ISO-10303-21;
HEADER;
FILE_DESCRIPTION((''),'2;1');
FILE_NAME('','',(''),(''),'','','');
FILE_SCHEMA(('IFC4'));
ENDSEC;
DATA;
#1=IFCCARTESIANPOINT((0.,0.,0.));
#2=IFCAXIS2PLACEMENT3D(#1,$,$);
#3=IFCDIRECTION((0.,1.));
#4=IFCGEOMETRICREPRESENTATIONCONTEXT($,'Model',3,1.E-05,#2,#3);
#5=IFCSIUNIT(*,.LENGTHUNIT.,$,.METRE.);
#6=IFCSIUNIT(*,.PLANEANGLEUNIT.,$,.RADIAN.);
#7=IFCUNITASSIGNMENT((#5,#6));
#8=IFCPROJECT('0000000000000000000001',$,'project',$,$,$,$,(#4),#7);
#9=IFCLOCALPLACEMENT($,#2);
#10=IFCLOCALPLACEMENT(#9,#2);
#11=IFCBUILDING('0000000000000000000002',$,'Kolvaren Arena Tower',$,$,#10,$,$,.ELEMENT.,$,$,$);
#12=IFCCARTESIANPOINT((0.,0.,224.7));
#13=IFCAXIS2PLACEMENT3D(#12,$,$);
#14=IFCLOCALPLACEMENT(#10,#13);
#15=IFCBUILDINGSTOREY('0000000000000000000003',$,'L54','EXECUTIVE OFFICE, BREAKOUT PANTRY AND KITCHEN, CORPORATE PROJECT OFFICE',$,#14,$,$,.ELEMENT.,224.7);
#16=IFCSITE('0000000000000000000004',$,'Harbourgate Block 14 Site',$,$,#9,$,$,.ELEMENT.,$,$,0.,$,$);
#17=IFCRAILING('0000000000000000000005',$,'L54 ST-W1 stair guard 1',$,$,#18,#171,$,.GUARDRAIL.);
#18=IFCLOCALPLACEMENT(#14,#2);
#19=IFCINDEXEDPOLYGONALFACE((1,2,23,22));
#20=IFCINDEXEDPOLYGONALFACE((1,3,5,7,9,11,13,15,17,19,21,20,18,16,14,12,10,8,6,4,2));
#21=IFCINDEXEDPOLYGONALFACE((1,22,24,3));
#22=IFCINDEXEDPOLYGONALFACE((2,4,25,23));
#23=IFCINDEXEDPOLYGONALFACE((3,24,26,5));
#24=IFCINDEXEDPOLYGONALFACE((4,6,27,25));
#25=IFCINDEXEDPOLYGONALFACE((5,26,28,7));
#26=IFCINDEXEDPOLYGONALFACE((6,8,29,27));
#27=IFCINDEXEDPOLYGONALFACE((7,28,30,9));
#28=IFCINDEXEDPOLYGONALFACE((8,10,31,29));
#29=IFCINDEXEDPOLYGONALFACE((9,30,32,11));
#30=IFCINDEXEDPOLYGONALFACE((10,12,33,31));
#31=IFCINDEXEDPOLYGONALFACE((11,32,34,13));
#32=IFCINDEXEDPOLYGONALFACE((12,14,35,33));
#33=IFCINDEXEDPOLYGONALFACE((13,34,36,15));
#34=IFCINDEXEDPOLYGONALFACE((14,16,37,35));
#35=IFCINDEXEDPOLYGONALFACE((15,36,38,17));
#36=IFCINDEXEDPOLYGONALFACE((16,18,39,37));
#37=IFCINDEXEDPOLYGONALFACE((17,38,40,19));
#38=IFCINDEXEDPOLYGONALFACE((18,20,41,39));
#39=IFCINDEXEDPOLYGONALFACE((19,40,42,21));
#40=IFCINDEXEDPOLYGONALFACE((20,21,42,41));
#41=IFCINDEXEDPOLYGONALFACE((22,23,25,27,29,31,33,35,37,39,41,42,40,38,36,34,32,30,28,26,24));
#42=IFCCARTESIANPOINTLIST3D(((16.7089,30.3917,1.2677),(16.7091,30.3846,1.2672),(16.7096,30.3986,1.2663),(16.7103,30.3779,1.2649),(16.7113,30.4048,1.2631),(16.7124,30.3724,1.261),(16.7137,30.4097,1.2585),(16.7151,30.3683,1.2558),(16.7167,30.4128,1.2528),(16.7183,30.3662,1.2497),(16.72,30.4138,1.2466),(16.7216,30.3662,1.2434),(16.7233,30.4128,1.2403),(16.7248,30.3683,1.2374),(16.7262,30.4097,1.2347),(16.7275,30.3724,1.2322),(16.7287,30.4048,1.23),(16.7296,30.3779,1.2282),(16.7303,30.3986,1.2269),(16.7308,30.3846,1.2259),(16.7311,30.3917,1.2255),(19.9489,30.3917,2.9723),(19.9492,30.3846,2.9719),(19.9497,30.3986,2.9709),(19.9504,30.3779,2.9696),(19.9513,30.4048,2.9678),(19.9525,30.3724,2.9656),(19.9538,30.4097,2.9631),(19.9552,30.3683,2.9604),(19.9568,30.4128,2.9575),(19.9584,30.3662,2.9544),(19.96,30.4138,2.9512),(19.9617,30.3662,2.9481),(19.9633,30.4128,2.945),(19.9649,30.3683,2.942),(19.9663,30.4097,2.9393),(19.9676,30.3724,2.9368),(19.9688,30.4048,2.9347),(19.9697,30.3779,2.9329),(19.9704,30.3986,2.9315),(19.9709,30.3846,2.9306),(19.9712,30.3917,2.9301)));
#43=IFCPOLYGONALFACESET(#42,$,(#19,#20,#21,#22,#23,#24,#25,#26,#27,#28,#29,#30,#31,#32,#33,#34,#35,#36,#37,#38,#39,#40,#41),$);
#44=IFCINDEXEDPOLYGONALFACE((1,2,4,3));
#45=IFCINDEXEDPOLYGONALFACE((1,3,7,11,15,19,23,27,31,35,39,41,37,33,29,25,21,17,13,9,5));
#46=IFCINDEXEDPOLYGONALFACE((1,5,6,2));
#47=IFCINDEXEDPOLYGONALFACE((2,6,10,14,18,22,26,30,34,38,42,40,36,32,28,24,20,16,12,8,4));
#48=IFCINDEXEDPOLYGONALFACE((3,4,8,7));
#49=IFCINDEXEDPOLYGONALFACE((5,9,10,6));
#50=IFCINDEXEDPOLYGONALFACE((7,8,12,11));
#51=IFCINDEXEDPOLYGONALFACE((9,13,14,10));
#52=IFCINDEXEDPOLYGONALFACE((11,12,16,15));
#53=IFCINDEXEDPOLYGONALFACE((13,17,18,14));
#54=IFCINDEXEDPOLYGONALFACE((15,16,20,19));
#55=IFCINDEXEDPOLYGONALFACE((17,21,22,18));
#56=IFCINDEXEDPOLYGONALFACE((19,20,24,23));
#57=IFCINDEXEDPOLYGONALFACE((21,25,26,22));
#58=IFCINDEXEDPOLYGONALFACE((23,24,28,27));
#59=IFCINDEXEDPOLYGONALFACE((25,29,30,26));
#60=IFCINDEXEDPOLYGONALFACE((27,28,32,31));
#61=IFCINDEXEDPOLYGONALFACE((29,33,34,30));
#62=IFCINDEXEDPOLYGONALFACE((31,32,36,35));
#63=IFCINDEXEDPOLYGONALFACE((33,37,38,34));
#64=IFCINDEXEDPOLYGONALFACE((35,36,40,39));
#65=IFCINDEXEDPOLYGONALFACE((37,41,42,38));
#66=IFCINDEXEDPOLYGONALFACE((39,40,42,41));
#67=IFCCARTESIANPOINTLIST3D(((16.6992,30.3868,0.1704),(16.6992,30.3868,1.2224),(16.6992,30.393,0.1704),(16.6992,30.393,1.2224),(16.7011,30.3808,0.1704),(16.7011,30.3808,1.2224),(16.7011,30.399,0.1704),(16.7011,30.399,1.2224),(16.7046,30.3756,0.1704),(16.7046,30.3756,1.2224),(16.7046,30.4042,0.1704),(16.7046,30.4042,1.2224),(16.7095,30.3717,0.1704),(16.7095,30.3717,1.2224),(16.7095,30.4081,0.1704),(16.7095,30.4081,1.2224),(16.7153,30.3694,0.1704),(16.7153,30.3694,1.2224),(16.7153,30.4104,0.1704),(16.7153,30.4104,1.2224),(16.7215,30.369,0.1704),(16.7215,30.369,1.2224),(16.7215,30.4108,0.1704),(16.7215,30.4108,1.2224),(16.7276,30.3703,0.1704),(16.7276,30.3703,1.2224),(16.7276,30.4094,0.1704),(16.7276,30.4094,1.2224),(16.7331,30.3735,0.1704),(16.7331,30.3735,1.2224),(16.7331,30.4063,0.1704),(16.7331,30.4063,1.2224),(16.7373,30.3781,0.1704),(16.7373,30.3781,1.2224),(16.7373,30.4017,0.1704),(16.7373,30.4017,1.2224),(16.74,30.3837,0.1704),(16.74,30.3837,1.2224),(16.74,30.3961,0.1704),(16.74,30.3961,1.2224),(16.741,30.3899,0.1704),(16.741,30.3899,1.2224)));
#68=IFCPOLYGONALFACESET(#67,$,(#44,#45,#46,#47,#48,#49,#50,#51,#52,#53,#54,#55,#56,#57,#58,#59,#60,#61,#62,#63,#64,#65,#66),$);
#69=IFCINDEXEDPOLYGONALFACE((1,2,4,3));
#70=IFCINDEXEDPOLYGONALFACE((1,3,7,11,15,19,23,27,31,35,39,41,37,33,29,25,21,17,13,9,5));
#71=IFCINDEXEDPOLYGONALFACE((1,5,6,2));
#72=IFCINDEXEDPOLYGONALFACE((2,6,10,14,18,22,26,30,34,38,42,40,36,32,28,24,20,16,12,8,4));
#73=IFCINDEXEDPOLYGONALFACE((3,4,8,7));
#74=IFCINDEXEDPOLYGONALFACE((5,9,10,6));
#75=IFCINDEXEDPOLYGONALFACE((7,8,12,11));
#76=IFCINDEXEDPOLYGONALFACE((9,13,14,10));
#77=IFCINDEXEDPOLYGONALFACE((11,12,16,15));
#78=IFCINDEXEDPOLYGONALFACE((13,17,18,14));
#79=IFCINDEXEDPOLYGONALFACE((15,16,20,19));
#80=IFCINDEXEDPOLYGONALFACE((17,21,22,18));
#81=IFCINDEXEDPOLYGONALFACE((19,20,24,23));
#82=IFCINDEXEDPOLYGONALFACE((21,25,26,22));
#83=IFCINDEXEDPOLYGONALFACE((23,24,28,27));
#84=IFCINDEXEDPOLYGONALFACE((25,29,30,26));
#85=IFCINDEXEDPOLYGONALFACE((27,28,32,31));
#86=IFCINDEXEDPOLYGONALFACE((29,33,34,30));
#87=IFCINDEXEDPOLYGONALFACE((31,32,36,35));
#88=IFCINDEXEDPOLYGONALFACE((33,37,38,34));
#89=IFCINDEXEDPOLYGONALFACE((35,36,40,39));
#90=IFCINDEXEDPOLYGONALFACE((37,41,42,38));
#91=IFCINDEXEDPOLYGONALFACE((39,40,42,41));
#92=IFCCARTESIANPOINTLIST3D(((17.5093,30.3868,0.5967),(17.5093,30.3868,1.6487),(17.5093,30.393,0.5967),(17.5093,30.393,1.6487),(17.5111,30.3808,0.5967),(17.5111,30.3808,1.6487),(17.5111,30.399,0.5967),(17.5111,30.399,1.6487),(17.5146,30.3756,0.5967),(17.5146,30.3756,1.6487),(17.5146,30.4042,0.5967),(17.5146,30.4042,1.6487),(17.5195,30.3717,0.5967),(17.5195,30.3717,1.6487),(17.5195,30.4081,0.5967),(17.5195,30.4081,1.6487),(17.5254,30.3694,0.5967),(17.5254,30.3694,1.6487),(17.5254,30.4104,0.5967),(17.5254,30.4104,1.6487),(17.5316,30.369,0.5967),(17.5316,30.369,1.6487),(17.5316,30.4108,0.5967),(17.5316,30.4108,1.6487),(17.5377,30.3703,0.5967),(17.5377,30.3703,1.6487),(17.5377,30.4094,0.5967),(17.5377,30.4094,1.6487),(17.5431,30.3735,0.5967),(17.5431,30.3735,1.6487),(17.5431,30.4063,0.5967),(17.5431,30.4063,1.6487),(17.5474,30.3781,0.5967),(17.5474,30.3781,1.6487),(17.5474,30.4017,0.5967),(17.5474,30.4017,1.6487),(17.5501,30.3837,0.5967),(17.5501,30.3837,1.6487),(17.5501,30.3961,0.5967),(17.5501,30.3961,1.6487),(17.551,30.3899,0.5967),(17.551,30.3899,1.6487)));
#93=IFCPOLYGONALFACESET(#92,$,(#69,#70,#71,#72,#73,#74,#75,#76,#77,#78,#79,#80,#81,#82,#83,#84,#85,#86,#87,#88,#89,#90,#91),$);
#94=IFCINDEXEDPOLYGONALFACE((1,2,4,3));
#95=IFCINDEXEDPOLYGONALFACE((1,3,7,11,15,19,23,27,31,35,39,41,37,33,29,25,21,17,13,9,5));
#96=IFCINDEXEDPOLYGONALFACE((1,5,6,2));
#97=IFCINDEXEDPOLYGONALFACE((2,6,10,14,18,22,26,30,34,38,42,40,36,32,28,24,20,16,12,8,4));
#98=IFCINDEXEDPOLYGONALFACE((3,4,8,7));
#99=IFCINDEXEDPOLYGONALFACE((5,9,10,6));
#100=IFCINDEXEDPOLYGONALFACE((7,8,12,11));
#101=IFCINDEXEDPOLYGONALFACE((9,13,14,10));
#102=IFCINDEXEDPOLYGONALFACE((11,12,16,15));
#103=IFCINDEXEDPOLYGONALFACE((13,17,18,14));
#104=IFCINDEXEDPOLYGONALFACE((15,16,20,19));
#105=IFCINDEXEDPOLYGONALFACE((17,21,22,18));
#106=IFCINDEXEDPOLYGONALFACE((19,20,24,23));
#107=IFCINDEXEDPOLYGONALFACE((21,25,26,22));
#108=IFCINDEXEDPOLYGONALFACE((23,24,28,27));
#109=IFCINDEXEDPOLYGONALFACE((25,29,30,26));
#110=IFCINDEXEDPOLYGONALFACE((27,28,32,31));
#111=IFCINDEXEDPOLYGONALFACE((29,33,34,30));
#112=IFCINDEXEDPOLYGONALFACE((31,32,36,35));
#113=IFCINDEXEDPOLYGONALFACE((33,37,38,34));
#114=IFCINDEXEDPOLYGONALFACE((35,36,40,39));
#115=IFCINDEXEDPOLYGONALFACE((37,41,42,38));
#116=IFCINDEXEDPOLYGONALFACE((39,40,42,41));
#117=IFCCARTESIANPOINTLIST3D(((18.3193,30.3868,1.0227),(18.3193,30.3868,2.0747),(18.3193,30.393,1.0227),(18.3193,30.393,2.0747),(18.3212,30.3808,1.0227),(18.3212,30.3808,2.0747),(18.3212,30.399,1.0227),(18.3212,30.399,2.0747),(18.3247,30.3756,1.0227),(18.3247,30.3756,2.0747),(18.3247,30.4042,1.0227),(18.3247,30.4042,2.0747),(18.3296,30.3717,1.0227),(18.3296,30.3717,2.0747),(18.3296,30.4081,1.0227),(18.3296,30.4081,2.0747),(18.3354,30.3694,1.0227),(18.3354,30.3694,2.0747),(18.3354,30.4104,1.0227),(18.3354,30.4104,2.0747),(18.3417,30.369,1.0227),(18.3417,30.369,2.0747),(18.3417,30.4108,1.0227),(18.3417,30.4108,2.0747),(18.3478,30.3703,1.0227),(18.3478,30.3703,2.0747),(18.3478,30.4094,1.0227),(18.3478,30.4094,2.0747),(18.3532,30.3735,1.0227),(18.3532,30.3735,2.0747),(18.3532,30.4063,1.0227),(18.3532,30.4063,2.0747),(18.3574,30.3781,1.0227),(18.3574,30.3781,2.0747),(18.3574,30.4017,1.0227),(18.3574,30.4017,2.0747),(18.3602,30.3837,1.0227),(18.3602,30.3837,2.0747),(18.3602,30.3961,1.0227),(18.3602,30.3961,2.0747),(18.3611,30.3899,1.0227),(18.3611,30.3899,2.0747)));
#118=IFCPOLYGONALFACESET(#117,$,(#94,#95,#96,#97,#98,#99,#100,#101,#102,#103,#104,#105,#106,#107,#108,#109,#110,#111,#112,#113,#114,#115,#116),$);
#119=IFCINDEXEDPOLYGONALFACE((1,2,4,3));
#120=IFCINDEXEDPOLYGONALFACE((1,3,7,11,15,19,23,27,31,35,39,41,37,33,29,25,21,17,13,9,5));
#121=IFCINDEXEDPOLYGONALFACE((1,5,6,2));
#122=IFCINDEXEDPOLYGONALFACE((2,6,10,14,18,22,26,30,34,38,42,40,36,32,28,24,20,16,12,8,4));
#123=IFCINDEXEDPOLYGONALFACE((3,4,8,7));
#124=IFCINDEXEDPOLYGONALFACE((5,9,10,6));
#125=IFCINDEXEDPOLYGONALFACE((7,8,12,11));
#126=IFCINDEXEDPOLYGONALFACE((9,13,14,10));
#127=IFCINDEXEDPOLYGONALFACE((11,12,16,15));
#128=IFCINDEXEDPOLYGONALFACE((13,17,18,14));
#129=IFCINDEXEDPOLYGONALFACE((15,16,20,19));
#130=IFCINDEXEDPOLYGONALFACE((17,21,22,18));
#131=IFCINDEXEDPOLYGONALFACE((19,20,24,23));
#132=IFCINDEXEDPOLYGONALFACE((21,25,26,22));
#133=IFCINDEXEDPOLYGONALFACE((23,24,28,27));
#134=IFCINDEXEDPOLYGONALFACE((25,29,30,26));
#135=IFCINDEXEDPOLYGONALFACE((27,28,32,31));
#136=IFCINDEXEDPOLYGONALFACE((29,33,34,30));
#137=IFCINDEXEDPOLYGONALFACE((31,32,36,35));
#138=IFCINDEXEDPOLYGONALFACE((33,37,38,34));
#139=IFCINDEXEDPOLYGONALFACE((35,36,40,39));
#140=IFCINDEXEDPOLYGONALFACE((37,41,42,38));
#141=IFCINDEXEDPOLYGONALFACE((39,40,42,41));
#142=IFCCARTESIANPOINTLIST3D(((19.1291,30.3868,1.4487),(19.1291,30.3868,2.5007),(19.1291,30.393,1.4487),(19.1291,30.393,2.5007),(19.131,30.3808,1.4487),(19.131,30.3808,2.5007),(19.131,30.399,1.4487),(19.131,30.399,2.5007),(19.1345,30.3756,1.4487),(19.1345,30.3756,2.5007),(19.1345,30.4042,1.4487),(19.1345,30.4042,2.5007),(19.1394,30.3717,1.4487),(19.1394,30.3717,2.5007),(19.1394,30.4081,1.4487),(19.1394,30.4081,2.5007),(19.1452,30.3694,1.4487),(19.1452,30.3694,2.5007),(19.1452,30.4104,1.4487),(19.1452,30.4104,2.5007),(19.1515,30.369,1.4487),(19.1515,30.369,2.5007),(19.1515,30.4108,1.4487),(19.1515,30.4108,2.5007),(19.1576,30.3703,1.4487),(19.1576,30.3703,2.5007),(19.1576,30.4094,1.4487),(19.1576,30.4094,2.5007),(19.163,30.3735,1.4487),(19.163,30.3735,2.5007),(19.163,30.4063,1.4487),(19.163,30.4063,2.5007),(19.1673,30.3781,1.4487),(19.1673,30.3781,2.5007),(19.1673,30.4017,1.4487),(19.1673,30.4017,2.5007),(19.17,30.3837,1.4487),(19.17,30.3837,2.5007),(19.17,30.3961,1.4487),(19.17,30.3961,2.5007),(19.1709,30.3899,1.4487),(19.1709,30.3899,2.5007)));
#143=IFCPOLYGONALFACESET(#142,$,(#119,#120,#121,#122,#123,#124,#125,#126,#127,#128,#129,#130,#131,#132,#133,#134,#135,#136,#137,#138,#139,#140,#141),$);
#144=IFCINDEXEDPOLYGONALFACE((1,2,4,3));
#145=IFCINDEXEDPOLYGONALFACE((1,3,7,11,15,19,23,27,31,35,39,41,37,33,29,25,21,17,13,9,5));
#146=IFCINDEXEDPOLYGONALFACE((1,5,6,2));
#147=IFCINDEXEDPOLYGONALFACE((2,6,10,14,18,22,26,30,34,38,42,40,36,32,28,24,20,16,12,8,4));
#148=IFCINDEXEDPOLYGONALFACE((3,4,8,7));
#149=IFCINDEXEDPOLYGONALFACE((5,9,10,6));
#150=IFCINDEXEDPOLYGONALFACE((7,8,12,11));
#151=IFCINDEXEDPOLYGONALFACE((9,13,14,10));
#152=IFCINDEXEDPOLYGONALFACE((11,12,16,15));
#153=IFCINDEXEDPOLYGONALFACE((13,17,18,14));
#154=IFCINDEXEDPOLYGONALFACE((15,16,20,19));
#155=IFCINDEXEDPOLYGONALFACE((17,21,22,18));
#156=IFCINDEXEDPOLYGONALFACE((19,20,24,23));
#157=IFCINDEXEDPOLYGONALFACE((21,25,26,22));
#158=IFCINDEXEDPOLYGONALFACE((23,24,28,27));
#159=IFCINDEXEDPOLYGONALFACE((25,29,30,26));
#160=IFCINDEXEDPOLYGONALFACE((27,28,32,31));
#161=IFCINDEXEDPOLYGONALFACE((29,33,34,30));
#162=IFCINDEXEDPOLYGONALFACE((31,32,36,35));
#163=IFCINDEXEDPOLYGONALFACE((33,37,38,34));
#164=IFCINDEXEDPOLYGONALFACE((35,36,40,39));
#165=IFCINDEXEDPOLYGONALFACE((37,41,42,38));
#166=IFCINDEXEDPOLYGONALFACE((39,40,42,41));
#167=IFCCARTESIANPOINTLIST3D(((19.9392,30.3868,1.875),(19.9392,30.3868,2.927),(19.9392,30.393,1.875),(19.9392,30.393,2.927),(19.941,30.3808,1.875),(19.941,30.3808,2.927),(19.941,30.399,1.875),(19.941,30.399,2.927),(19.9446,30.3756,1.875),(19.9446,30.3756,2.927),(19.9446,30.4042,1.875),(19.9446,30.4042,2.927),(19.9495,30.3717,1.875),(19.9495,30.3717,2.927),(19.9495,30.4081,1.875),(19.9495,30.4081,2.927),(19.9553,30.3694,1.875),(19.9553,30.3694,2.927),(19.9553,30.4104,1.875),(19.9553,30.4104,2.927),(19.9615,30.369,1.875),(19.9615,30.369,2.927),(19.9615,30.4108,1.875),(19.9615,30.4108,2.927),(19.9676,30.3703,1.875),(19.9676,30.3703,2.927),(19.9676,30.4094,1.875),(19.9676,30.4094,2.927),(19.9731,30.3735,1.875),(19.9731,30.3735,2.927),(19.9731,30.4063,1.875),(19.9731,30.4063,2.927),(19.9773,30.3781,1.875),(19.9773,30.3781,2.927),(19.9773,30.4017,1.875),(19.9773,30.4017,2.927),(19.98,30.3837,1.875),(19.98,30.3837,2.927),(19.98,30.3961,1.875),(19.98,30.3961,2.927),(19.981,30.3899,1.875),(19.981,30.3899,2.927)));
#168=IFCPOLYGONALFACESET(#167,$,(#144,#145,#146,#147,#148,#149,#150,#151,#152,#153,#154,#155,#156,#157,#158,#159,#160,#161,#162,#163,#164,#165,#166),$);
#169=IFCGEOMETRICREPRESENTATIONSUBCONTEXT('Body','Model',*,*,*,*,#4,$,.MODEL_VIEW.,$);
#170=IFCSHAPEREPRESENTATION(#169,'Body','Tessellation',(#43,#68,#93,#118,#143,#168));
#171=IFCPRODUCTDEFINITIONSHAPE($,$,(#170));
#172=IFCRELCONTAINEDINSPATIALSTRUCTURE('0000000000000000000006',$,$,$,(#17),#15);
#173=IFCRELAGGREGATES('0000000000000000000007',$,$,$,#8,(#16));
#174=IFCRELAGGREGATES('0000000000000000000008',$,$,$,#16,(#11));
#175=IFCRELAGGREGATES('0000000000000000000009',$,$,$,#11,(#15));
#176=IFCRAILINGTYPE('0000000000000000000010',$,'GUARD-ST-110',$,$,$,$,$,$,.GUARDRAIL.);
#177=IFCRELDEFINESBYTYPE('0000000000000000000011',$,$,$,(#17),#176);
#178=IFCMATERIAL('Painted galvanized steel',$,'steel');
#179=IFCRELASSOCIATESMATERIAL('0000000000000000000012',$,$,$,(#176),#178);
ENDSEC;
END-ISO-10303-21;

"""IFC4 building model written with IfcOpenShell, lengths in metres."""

from ifc_helpers import new_model, si_unit, direction, frame, origin, origin_2d, place, context, subcontext, project, spatial, circle, extrude, material, type_object, element, save


model = new_model("IFC4")

# Units and contexts
model_context = context("Model", 3, precision=1e-05, world=origin(), true_north=direction((0.0, 1.0)))
body_context = subcontext(model_context, "Body", "Model", "MODEL_VIEW")
ifc_project = project(units=[si_unit("LENGTHUNIT", "METRE"), si_unit("PLANEANGLEUNIT", "RADIAN")], contexts=[model_context])

# Site, building, storey
site_placement = place(None, origin())
site = spatial("IfcSite", under=ifc_project, at=site_placement, Name="Harbourgate Block 14 Site", CompositionType="ELEMENT", RefElevation=0.0)
building_placement = place(site_placement, origin())
building = spatial("IfcBuilding", under=site, at=building_placement, Name="Kolvaren Arena Tower", CompositionType="ELEMENT")
storey_placement = place(building_placement, frame((0.0, 0.0, 224.7)))
storey = spatial("IfcBuildingStorey", under=building, at=storey_placement, Name="L54", Description="EXECUTIVE OFFICE, BREAKOUT PANTRY AND KITCHEN, CORPORATE PROJECT OFFICE", CompositionType="ELEMENT", Elevation=224.7)

# Railing
ifc_material_1 = material(Name="Painted galvanized steel", Category="steel")
railing_type_1 = type_object("IfcRailingType", Name="GUARD-ST-110", PredefinedType="GUARDRAIL", material=ifc_material_1)
railing_1_placement = place(storey_placement, frame((16.72, 30.3899, 0.1704)))
element("IfcRailing", 1, at=railing_1_placement, inside=storey, type_object=railing_type_1, Name="L54 ST-W1 stair guard 1", PredefinedType="GUARDRAIL", context=body_context, shape_type="SweptSolid", body=[
    extrude(circle(Radius=0.0239, at=origin_2d()), frame((0.0, 0.0, 1.0762), z_axis=(0.884993, 0.0, 0.465604), x_axis=(0.0, 1.0, 0.0)), (0.0, 0.0, 1.0), 3.6611),
    extrude(circle(Radius=0.021, at=origin_2d()), origin(), (0.0, 0.0, 1.0), 1.052),
    extrude(circle(Radius=0.021, at=origin_2d()), frame((0.8101, 0.0, 0.4263)), (0.0, 0.0, 1.0), 1.052),
    extrude(circle(Radius=0.021, at=origin_2d()), frame((1.6201, 0.0, 0.8523)), (0.0, 0.0, 1.0), 1.052),
    extrude(circle(Radius=0.021, at=origin_2d()), frame((2.4299, 0.0, 1.2783)), (0.0, 0.0, 1.0), 1.052),
    extrude(circle(Radius=0.021, at=origin_2d()), frame((3.24, 0.0, 1.7046)), (0.0, 0.0, 1.0), 1.052),
])

save(model, "model.ifc")
